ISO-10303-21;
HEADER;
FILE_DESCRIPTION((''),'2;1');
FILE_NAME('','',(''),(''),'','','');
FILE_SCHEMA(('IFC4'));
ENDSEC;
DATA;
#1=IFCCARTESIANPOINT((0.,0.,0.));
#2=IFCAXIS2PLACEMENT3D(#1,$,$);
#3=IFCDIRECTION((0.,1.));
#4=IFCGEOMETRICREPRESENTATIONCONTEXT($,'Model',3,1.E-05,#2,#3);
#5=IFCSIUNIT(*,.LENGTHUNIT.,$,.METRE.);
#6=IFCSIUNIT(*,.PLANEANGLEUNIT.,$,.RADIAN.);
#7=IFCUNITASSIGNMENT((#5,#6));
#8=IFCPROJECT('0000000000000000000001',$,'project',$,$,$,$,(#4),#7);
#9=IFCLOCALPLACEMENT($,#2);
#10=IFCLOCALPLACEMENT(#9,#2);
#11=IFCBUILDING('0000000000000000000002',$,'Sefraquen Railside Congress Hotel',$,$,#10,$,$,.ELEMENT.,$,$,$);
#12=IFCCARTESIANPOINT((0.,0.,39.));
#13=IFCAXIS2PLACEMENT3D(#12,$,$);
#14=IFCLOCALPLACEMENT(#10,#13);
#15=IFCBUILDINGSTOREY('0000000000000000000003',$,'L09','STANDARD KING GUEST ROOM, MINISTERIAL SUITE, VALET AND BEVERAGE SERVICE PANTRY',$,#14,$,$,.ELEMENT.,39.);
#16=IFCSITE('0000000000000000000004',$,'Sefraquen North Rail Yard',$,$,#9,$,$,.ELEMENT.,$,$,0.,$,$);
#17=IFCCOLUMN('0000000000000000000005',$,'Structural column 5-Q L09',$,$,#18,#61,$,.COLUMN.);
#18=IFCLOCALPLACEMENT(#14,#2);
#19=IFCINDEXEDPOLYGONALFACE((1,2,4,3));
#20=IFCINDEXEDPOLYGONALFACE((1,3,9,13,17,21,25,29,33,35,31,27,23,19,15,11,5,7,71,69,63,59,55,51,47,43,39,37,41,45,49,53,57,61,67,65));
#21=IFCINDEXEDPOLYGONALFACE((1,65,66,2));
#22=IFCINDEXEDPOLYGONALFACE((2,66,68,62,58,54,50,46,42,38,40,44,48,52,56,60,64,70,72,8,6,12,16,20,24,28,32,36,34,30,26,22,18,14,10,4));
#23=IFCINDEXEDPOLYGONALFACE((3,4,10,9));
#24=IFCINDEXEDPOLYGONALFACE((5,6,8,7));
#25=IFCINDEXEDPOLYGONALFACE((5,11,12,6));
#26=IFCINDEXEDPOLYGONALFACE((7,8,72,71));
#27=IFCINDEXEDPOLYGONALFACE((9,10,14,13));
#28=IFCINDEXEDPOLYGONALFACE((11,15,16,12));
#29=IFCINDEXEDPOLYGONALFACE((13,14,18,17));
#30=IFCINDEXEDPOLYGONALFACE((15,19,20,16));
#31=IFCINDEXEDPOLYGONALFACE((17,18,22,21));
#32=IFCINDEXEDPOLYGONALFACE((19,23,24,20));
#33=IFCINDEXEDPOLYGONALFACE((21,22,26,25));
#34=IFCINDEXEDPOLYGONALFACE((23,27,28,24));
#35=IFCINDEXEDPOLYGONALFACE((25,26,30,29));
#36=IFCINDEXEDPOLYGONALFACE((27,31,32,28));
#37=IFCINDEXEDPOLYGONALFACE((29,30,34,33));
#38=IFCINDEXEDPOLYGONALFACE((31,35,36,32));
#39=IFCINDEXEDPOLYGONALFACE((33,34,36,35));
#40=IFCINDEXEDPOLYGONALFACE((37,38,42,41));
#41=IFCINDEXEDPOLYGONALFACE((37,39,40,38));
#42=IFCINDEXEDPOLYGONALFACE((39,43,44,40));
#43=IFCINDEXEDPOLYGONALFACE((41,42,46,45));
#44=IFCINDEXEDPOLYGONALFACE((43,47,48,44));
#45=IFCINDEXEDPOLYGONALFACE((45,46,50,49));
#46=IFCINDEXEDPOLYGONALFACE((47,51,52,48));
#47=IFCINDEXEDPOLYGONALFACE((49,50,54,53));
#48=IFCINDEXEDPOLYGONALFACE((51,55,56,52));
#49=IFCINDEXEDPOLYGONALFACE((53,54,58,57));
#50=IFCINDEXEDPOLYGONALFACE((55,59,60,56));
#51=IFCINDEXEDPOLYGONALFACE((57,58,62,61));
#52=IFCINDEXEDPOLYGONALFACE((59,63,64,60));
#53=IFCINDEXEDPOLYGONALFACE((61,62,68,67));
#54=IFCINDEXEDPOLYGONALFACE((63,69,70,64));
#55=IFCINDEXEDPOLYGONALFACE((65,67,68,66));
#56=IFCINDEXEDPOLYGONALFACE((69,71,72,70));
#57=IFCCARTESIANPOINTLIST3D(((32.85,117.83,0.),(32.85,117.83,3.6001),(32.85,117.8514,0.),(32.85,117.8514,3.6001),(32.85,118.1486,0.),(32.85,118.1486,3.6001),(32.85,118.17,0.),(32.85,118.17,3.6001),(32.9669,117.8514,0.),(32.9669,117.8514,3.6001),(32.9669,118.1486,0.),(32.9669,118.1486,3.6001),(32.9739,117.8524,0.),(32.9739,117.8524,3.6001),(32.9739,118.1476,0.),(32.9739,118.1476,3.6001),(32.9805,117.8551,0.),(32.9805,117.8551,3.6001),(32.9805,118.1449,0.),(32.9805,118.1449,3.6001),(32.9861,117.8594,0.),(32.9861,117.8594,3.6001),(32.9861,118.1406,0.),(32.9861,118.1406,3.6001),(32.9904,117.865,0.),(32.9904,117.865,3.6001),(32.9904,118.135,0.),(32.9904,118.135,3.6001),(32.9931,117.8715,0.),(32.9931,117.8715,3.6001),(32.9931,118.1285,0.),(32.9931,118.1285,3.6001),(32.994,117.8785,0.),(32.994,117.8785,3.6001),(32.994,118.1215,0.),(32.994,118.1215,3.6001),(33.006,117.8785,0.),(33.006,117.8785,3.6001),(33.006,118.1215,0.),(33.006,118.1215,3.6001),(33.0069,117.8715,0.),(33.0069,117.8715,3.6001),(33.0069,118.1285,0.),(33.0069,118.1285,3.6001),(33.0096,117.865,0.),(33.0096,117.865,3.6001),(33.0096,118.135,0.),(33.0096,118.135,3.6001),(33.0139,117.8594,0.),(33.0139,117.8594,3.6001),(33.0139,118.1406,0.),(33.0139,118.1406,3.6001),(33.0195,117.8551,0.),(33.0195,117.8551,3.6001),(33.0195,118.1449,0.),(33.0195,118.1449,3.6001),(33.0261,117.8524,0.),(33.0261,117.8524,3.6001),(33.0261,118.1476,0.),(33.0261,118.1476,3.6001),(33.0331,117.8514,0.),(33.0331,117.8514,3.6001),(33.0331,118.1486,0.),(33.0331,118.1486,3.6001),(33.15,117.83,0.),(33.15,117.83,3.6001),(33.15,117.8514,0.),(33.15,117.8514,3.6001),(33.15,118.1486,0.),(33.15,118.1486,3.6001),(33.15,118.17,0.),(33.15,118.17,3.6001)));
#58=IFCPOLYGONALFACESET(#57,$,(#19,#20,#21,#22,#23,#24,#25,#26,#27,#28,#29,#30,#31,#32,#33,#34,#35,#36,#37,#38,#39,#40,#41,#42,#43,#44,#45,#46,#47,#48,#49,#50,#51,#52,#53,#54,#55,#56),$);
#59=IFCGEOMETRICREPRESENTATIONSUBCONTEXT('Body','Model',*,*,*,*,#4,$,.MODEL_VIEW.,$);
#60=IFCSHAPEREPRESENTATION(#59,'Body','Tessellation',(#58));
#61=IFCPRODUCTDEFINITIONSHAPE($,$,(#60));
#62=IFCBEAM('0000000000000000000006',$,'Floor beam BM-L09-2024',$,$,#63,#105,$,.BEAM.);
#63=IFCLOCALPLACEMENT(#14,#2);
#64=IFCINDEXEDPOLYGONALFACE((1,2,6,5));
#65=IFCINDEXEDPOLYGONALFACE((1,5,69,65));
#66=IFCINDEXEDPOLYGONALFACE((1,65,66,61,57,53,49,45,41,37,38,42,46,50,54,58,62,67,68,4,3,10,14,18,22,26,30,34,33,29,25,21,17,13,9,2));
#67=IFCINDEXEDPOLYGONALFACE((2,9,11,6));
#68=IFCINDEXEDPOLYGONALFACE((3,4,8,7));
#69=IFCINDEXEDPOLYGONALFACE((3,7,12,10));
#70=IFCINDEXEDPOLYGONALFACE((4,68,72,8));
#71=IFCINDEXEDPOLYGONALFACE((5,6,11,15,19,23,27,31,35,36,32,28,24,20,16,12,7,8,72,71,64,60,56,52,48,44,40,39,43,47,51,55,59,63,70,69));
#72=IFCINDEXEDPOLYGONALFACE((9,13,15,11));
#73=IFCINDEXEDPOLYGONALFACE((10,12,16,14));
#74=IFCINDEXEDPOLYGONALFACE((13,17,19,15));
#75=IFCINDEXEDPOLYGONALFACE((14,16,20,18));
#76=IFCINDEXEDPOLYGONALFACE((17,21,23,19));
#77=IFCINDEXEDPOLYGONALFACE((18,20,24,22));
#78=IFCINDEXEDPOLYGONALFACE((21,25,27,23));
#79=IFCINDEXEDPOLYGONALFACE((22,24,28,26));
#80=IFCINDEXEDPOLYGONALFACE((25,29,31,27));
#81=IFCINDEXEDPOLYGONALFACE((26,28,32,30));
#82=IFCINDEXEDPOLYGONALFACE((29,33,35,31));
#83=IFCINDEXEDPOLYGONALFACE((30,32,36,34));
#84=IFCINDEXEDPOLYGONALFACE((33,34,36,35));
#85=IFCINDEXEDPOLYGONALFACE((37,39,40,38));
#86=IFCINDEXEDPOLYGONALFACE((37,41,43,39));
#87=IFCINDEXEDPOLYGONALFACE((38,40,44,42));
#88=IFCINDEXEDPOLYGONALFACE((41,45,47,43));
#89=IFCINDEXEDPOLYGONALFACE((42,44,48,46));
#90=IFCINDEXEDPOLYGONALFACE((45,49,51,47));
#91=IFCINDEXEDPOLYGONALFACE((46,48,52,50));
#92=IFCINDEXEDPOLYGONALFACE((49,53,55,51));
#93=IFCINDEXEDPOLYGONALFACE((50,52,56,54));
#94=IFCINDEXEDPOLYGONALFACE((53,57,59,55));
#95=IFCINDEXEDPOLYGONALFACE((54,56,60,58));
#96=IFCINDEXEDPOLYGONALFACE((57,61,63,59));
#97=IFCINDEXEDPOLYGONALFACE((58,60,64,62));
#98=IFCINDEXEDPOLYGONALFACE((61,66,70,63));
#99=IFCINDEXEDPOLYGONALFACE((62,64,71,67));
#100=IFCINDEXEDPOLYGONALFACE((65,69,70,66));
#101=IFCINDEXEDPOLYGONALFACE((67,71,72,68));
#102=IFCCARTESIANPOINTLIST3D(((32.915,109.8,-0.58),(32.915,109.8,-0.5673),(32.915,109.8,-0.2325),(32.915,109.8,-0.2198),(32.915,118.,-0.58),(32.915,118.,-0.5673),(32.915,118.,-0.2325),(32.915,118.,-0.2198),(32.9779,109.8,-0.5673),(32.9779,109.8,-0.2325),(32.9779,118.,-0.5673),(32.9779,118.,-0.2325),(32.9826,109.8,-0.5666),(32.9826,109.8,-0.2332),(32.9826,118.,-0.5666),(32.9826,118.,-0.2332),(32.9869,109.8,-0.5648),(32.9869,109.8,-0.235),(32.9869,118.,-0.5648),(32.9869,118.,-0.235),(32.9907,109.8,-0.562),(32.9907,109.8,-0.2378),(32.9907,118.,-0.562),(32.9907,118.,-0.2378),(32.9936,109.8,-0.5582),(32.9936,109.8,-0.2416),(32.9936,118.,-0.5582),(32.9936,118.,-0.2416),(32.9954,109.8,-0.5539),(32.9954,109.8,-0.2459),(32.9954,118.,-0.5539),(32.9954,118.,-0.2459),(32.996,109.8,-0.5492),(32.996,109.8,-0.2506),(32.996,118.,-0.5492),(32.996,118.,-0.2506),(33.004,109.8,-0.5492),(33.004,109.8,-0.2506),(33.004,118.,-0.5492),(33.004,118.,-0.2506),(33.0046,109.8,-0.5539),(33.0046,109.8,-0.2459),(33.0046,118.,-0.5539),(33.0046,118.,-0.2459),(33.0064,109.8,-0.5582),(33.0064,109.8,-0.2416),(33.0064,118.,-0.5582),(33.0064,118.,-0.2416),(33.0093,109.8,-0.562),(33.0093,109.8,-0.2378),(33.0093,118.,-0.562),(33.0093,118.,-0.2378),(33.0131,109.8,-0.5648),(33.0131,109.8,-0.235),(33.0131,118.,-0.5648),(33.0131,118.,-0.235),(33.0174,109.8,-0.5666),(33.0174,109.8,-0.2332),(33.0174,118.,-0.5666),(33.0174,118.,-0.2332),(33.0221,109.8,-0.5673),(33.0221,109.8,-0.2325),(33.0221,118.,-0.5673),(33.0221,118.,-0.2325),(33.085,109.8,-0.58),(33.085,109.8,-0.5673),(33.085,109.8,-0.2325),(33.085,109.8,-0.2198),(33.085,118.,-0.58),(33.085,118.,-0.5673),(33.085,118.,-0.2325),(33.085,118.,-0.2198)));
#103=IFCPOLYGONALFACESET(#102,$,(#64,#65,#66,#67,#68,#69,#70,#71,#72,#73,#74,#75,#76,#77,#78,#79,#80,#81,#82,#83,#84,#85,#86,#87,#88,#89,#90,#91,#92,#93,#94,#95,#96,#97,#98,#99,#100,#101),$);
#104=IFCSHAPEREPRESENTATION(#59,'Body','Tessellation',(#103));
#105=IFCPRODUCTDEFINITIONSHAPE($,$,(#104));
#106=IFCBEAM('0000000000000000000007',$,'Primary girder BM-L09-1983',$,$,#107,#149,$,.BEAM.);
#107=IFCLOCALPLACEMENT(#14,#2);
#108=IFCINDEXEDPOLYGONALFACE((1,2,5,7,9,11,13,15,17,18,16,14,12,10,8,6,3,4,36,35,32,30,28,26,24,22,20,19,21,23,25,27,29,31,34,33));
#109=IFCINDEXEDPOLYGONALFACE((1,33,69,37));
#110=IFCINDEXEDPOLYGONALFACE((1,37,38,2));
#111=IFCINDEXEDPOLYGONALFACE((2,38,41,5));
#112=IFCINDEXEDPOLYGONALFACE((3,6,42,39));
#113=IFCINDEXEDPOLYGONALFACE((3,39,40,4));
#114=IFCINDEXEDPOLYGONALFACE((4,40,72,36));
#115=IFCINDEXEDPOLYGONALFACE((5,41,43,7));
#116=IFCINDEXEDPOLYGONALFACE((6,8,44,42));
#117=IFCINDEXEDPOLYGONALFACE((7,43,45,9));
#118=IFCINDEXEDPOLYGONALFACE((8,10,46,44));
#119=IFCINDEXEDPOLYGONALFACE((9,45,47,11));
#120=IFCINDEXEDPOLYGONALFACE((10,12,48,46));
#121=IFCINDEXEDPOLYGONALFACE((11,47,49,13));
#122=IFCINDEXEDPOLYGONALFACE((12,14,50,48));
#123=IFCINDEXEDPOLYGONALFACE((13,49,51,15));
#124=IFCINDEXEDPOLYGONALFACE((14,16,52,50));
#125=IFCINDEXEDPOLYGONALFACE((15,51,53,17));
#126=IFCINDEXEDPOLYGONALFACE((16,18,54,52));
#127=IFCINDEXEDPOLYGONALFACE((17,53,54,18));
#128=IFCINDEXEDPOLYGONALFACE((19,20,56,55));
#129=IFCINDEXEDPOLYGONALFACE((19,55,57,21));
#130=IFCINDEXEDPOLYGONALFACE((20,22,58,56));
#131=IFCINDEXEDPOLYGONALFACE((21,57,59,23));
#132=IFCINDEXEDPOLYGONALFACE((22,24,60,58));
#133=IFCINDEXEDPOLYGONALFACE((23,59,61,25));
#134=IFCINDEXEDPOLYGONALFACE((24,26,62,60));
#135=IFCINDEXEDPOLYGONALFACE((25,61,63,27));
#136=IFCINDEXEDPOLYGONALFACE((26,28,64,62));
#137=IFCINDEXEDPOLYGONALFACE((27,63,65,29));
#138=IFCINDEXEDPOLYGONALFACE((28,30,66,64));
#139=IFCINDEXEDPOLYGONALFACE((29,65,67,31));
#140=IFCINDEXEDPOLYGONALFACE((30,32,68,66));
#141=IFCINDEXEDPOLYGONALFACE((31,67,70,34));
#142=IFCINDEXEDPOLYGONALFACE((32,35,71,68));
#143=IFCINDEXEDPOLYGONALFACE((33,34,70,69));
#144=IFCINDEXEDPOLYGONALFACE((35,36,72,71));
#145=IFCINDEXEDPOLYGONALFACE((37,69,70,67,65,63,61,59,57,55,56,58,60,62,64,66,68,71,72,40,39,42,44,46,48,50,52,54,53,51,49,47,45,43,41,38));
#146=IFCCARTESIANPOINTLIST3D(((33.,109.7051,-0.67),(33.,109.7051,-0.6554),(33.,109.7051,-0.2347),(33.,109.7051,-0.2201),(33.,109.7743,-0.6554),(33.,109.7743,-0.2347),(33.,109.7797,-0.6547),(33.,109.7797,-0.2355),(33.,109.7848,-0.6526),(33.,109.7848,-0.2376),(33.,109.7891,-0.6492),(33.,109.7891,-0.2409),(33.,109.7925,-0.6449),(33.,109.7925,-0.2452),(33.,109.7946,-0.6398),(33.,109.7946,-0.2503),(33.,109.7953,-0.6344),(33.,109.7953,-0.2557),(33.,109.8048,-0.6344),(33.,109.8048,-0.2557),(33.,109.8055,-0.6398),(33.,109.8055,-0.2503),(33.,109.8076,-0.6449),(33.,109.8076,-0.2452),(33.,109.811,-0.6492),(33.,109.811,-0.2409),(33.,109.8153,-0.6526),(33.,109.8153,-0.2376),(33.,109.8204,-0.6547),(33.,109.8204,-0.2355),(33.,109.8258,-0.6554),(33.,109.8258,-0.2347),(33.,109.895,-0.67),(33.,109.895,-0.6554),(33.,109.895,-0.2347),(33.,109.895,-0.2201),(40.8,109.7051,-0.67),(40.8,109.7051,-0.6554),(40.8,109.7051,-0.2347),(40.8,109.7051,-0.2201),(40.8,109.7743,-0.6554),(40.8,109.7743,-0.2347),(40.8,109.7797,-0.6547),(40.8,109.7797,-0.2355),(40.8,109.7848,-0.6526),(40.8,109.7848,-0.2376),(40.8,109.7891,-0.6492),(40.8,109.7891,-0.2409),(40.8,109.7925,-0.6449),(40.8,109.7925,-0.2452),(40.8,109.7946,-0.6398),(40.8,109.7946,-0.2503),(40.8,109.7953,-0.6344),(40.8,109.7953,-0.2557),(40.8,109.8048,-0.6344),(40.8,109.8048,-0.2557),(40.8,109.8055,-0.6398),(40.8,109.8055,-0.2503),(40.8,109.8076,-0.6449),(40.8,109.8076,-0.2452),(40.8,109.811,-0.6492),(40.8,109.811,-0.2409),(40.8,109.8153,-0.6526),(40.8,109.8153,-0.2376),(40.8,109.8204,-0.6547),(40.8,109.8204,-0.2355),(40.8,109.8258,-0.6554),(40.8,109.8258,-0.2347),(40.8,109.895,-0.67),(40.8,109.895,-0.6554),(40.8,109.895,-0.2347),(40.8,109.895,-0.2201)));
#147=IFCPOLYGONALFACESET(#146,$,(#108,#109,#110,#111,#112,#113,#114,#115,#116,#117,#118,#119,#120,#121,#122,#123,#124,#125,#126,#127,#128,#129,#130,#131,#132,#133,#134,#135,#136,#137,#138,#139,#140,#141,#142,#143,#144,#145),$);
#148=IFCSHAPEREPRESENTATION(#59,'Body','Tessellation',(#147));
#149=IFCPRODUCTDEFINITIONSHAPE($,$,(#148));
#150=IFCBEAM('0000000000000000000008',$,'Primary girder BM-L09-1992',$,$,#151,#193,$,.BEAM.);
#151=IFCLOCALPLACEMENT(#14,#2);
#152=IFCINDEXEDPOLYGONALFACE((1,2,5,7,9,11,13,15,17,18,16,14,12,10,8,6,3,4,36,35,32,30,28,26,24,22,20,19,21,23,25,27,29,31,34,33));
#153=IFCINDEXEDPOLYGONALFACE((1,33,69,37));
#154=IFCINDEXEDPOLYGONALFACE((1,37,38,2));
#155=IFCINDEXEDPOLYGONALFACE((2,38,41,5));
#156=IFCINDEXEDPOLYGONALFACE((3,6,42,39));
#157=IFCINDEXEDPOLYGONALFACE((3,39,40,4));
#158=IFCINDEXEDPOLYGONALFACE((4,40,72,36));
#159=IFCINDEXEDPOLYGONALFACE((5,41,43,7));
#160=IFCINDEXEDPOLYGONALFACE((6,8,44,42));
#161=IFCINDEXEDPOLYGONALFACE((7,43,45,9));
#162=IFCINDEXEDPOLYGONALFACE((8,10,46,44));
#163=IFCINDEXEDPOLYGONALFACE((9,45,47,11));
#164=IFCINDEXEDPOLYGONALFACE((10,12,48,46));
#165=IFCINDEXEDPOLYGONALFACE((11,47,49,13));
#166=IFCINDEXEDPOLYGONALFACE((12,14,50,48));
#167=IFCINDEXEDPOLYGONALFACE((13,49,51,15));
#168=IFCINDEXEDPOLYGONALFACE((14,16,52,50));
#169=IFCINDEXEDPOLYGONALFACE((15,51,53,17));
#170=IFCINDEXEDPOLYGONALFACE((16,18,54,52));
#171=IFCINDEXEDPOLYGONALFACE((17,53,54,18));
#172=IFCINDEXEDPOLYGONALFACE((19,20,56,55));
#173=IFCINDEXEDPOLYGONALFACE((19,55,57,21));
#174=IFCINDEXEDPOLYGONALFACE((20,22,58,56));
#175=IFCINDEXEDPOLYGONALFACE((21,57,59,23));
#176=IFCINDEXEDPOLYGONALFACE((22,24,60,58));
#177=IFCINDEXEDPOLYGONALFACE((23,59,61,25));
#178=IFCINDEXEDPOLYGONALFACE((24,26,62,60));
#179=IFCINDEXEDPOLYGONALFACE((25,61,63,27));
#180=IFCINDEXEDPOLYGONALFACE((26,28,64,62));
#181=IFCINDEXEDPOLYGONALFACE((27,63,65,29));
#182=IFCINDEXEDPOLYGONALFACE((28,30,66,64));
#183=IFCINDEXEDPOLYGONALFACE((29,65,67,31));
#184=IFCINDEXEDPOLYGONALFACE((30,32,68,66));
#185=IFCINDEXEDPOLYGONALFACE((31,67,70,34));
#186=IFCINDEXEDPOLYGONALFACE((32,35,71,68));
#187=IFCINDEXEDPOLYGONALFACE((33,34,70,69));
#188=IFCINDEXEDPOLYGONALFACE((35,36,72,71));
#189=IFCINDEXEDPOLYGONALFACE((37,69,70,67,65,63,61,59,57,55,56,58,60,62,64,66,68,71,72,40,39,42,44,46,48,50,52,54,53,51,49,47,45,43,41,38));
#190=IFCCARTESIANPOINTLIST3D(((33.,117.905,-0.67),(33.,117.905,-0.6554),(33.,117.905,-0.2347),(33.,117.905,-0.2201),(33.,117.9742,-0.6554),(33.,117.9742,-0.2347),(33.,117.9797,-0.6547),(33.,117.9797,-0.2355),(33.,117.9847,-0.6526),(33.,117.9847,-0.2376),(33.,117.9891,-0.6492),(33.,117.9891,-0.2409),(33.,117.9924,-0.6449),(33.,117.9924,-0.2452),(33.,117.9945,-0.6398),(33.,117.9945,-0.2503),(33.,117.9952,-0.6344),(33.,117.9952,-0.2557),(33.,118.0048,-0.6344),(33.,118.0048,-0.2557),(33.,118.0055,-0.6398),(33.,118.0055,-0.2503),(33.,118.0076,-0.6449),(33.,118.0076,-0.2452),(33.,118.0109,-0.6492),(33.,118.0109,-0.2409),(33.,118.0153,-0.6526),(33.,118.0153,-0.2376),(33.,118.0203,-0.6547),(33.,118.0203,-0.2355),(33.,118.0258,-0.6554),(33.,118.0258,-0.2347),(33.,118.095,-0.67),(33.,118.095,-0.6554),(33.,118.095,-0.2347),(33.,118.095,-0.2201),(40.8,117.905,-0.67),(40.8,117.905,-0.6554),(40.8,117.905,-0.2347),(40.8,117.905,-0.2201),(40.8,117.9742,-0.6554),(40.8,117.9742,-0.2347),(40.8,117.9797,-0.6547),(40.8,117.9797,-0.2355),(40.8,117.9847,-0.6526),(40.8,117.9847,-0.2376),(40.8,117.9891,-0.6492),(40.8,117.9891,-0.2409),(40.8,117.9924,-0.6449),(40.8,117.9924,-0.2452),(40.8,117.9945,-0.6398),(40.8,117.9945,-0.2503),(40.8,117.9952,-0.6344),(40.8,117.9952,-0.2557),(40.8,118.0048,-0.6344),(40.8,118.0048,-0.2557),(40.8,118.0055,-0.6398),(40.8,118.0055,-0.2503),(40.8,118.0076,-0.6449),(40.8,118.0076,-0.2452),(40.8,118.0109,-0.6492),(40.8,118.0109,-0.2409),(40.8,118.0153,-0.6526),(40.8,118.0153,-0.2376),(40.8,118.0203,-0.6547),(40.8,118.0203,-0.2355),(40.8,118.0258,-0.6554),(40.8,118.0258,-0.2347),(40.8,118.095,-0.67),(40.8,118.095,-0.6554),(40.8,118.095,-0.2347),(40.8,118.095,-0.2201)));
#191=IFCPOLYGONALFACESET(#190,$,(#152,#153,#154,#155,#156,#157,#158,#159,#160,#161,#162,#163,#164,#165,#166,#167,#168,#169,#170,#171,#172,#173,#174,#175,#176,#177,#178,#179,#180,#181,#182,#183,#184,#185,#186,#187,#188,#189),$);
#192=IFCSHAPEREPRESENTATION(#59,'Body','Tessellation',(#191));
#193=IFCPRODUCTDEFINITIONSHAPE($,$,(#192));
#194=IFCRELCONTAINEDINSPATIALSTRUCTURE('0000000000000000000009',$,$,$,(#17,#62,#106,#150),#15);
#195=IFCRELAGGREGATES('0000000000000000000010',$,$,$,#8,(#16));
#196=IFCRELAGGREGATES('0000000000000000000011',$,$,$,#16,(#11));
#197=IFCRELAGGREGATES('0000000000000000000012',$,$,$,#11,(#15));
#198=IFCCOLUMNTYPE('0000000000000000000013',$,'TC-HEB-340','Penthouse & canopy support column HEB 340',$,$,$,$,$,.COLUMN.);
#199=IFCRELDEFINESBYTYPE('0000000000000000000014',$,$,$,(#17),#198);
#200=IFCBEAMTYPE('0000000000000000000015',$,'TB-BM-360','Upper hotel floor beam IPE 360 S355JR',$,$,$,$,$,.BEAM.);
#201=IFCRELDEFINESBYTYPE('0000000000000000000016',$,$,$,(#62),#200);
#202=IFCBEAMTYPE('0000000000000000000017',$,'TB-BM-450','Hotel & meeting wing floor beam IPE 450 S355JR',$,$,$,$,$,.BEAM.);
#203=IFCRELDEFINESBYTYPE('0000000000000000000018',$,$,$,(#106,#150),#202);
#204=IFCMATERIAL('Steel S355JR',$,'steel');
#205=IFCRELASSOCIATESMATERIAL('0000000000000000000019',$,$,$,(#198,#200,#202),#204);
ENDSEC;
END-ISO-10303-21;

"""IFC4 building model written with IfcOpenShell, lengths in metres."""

from ifc_helpers import new_model, si_unit, direction, frame, origin, origin_2d, place, context, subcontext, project, spatial, i_section, extrude, material, material_profile, profile_set, type_object, element, save


model = new_model("IFC4")

# Units and contexts
model_context = context("Model", 3, precision=1e-05, world=origin(), true_north=direction((0.0, 1.0)))
body_context = subcontext(model_context, "Body", "Model", "MODEL_VIEW")
ifc_project = project(units=[si_unit("LENGTHUNIT", "METRE"), si_unit("PLANEANGLEUNIT", "RADIAN")], contexts=[model_context])

# Site, building, storey
site_placement = place(None, origin())
site = spatial("IfcSite", under=ifc_project, at=site_placement, Name="Sefraquen North Rail Yard", CompositionType="ELEMENT", RefElevation=0.0)
building_placement = place(site_placement, origin())
building = spatial("IfcBuilding", under=site, at=building_placement, Name="Sefraquen Railside Congress Hotel", CompositionType="ELEMENT")
storey_placement = place(building_placement, frame((0.0, 0.0, 39.0)))
storey = spatial("IfcBuildingStorey", under=building, at=storey_placement, Name="L09", Description="STANDARD KING GUEST ROOM, MINISTERIAL SUITE, VALET AND BEVERAGE SERVICE PANTRY", CompositionType="ELEMENT", Elevation=39.0)

# Column
ifc_material_1 = material(Name="Steel S355JR", Category="steel")
ifc_material_profile_1 = material_profile(ifc_material_1, i_section(OverallWidth=0.3, OverallDepth=0.3401, WebThickness=0.012, FlangeThickness=0.0215, FilletRadius=0.0271, at=origin_2d()), Name="HEB 340")
ifc_profile_set_1 = profile_set([ifc_material_profile_1], Name="Steel S355JR")
column_type = type_object("IfcColumnType", Name="TC-HEB-340", Description="Penthouse & canopy support column HEB 340", PredefinedType="COLUMN", material=ifc_profile_set_1)
column_placement = place(storey_placement, frame((33.0, 118.0, 0.0), z_axis=(0.0, 0.0, 1.0), x_axis=(1.0, 0.0, 0.0)))
element("IfcColumn", 1, at=column_placement, inside=storey, type_object=column_type, Name="Structural column 5-Q L09", PredefinedType="COLUMN", context=body_context, shape_type="SweptSolid", body=[
    extrude(i_section(OverallWidth=0.3, OverallDepth=0.3401, WebThickness=0.012, FlangeThickness=0.0215, FilletRadius=0.0271, at=origin_2d()), origin(), (0.0, 0.0, 1.0), 3.6001),
])

# Beams
ifc_material_profile_2 = material_profile(ifc_material_1, i_section(OverallWidth=0.1699, OverallDepth=0.3601, WebThickness=0.0081, FlangeThickness=0.0127, FilletRadius=0.0181, at=origin_2d()), Name="IPE 360")
ifc_profile_set_2 = profile_set([ifc_material_profile_2], Name="Steel S355JR")
beam_type_1 = type_object("IfcBeamType", Name="TB-BM-360", Description="Upper hotel floor beam IPE 360 S355JR", PredefinedType="BEAM", material=ifc_profile_set_2)
beam_placement = place(storey_placement, frame((33.0, 109.8, -0.3999), z_axis=(0.0, 1.0, 0.0), x_axis=(-1.0, 0.0, 0.0)))
element("IfcBeam", 2, at=beam_placement, inside=storey, type_object=beam_type_1, Name="Floor beam BM-L09-2024", PredefinedType="BEAM", context=body_context, shape_type="SweptSolid", body=[
    extrude(i_section(OverallWidth=0.1699, OverallDepth=0.3601, WebThickness=0.0081, FlangeThickness=0.0127, FilletRadius=0.0181, at=origin_2d()), origin(), (0.0, 0.0, 1.0), 8.2),
])
ifc_material_profile_3 = material_profile(ifc_material_1, i_section(OverallWidth=0.1899, OverallDepth=0.45, WebThickness=0.0095, FlangeThickness=0.0146, FilletRadius=0.021, at=origin_2d()), Name="IPE 450")
ifc_profile_set_3 = profile_set([ifc_material_profile_3], Name="Steel S355JR")
beam_type_2 = type_object("IfcBeamType", Name="TB-BM-450", Description="Hotel & meeting wing floor beam IPE 450 S355JR", PredefinedType="BEAM", material=ifc_profile_set_3)
for number, where, z_axis, x_axis, name in (
    (3, (33.0, 109.8, -0.4451), (1.0, 0.0, 0.0), (0.0, 1.0, 0.0), "Primary girder BM-L09-1983"),
    (4, (33.0, 118.0, -0.4451), (1.0, 0.0, 0.0), (0.0, 1.0, 0.0), "Primary girder BM-L09-1992"),
):
    element("IfcBeam", number, at=place(storey_placement, frame(where, z_axis=z_axis, x_axis=x_axis)), inside=storey, type_object=beam_type_2, Name=name, PredefinedType="BEAM", context=body_context, shape_type="SweptSolid", body=[
        extrude(i_section(OverallWidth=0.1899, OverallDepth=0.45, WebThickness=0.0095, FlangeThickness=0.0146, FilletRadius=0.021, at=origin_2d()), origin(), (0.0, 0.0, 1.0), 7.8),
    ])

save(model, "model.ifc")
